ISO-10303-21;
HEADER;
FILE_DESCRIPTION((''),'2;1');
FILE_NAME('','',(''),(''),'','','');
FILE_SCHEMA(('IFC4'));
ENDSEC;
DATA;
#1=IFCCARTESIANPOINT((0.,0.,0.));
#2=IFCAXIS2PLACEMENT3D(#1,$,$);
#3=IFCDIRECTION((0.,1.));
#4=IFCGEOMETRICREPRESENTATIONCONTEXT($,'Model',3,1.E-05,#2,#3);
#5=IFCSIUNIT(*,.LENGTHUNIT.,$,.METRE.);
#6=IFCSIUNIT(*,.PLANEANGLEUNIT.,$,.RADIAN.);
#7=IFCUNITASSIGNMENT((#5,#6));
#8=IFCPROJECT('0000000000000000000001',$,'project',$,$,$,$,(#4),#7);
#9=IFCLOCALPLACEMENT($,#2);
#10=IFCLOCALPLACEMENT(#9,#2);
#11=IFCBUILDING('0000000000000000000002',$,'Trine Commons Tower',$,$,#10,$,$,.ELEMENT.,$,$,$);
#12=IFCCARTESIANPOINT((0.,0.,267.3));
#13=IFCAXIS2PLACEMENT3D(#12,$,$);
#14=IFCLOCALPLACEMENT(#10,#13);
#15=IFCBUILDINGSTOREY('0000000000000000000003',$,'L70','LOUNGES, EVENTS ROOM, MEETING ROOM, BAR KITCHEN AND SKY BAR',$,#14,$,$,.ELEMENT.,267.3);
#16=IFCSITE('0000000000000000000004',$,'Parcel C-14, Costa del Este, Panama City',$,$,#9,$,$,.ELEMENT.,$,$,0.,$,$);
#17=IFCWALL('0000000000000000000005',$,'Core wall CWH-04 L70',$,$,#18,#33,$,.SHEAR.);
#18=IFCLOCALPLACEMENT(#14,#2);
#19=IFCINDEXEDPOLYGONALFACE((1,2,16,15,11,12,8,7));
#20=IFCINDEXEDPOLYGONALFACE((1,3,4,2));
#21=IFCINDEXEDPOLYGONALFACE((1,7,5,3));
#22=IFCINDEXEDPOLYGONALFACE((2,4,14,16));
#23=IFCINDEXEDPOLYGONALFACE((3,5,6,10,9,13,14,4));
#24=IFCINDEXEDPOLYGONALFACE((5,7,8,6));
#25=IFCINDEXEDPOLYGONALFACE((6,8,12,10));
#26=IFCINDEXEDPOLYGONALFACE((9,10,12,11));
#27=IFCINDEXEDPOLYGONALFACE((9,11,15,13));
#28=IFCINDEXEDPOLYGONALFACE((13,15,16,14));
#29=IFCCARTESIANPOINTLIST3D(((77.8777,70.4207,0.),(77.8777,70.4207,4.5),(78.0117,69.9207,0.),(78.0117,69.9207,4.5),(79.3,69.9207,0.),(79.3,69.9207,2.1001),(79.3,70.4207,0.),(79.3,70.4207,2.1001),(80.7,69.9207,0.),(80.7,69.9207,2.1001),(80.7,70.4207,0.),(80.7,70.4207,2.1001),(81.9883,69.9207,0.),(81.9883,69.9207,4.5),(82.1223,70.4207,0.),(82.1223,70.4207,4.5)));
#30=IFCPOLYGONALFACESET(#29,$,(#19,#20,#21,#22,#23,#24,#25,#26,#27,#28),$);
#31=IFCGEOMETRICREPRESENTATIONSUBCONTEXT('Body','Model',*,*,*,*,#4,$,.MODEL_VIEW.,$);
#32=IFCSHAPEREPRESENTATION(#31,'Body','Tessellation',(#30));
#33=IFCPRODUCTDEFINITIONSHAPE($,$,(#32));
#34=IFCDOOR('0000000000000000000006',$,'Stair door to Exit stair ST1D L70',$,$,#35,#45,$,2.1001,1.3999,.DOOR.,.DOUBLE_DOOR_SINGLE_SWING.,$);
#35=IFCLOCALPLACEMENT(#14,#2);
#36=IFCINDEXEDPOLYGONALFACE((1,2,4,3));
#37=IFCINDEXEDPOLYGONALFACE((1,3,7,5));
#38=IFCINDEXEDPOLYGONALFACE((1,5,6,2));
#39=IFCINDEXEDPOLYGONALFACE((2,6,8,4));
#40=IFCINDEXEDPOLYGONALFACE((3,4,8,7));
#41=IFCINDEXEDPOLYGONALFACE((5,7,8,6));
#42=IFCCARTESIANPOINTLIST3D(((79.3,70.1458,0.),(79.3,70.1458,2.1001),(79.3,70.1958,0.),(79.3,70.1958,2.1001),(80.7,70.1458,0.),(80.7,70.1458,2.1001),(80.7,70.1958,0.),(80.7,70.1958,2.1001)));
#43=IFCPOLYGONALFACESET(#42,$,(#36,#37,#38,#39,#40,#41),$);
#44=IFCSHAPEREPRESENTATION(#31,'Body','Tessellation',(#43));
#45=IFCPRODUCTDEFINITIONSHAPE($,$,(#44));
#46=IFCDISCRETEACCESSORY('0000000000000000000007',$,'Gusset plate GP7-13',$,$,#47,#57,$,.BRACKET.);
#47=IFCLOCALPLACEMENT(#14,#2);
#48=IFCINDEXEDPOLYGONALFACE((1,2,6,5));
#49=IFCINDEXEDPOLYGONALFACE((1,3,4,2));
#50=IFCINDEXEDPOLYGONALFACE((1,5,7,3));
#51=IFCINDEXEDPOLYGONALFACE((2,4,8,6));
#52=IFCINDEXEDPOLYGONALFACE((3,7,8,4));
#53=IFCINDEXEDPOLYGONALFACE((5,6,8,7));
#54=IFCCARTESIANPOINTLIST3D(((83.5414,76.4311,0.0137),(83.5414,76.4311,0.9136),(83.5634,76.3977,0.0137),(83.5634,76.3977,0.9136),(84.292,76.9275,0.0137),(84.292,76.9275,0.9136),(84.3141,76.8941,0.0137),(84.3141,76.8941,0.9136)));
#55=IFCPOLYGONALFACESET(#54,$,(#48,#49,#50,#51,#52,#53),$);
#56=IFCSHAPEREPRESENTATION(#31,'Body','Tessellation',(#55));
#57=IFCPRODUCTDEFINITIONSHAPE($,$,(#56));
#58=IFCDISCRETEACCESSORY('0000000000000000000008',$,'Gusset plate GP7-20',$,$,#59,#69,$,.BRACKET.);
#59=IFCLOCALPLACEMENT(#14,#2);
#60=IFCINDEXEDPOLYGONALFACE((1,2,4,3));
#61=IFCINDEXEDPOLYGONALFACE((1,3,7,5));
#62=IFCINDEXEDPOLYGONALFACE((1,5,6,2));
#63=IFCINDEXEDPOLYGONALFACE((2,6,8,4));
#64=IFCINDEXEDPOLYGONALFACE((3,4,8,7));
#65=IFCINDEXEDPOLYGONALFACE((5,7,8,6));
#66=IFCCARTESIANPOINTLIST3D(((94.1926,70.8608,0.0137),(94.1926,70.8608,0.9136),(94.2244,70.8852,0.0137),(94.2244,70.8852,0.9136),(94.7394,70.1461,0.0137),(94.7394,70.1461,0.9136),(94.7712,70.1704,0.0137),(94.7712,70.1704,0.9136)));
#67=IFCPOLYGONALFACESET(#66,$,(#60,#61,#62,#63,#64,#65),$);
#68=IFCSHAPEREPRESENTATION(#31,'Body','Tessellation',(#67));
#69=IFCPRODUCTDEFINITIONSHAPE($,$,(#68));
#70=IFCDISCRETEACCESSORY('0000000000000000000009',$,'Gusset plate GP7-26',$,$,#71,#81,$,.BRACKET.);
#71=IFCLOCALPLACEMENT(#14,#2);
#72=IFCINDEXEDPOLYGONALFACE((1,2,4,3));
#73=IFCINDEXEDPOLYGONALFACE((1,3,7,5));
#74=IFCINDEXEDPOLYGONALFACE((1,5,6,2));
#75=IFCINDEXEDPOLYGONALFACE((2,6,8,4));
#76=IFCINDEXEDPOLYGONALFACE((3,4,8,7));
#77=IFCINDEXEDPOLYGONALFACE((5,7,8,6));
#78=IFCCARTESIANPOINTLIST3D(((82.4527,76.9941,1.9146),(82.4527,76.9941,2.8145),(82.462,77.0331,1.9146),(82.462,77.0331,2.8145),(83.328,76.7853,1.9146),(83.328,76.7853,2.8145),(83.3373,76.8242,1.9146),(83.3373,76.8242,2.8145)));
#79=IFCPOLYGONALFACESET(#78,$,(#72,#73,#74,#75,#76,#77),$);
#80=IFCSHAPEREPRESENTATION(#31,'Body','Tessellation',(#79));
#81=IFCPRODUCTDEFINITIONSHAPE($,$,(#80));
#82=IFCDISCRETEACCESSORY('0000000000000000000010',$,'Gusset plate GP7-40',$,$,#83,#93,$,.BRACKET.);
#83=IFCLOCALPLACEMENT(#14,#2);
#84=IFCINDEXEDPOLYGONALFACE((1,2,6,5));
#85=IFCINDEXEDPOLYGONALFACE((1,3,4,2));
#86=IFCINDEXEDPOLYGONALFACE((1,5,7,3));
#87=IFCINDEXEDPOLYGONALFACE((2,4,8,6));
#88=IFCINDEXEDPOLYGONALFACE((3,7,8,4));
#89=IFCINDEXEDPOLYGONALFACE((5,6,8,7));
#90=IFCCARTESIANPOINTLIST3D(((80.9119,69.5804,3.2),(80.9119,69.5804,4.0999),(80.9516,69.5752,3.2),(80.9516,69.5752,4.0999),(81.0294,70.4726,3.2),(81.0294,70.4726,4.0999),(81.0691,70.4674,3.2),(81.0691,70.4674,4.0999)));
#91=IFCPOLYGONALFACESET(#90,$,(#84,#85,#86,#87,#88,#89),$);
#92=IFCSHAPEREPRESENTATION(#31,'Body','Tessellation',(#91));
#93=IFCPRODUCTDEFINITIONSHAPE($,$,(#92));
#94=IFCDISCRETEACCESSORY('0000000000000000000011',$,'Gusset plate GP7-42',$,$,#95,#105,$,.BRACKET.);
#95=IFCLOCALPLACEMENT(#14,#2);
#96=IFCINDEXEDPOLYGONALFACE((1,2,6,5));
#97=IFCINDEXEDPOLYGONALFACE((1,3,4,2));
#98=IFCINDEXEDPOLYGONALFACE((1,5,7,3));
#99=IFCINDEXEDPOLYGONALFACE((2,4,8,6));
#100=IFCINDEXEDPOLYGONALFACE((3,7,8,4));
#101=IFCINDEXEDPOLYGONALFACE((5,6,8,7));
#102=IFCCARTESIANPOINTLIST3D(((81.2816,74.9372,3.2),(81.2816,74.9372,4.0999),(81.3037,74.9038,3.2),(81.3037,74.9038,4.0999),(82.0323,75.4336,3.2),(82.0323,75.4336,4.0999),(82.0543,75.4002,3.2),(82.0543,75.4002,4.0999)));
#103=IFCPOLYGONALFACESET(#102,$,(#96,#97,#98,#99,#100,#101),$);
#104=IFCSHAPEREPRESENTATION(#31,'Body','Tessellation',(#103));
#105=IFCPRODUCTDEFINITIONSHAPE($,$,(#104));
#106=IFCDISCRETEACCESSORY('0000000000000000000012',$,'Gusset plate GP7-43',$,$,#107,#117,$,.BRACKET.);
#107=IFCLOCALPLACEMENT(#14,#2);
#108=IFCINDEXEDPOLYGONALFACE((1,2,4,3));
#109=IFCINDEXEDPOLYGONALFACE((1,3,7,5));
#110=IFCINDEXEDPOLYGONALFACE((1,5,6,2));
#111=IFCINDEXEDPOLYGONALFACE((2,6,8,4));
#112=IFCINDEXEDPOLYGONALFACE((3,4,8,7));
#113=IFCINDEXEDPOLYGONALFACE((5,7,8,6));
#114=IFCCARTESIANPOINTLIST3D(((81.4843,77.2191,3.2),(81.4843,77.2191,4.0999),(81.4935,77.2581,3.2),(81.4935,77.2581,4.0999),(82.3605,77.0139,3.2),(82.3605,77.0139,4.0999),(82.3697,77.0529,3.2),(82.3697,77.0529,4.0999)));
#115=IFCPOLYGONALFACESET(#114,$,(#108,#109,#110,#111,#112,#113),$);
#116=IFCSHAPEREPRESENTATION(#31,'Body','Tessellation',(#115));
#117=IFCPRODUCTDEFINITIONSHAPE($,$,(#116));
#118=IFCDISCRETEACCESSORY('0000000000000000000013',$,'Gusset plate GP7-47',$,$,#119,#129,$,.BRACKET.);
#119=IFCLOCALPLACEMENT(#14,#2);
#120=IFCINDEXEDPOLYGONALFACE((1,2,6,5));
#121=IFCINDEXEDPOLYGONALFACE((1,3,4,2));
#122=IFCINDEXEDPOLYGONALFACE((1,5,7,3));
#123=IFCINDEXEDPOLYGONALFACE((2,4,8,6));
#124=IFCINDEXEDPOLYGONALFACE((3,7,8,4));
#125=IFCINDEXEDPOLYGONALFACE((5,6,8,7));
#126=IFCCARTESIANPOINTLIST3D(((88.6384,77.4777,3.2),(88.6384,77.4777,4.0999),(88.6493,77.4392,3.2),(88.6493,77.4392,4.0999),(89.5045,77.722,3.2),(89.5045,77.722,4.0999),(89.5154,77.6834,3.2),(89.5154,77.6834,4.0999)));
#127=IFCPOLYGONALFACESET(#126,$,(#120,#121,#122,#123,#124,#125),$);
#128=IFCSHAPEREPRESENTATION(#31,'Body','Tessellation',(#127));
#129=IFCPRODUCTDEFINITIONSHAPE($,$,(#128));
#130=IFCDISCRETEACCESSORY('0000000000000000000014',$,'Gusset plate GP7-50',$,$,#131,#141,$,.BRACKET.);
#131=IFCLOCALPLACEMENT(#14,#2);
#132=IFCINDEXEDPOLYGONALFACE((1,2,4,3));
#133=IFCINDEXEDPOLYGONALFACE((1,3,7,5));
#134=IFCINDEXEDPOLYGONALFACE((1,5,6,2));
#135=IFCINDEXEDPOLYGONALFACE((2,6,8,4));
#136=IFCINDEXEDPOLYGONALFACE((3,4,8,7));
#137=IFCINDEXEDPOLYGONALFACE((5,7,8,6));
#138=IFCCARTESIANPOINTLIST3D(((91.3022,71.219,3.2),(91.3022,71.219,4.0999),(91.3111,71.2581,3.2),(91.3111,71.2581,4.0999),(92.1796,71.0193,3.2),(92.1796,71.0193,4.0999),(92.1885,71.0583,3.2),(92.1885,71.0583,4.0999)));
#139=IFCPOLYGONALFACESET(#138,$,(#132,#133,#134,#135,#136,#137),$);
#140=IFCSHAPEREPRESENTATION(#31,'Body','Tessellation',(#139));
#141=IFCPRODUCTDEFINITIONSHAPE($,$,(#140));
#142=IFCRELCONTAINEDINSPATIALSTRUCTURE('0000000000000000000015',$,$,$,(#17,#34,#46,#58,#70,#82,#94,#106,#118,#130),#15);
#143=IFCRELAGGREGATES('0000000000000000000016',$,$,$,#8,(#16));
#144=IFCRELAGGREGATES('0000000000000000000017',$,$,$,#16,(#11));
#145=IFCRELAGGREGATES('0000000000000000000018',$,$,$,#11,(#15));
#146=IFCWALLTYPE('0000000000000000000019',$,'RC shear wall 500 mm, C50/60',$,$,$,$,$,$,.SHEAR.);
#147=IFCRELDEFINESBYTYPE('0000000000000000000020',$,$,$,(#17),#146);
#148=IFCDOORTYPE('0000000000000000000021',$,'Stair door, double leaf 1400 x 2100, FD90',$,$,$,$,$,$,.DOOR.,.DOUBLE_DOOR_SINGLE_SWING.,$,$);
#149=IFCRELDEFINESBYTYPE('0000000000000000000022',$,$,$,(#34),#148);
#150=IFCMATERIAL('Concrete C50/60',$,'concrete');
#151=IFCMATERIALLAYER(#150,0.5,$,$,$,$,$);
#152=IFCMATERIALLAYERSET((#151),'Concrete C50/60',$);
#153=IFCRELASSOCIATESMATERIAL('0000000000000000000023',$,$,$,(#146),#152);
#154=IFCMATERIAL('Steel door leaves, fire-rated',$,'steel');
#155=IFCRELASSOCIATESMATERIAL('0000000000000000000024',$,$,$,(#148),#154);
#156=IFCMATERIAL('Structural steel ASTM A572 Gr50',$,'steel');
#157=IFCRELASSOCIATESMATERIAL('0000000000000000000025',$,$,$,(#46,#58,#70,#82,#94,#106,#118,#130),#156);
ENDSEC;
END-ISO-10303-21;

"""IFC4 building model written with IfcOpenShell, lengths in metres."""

from ifc_helpers import new_model, si_unit, direction, frame, frame_2d, origin, origin_2d, place, context, subcontext, project, spatial, polyline, rectangle, outline, extrude, material, layer, layer_set, type_object, element, fill, save


model = new_model("IFC4")

# Units and contexts
model_context = context("Model", 3, precision=1e-05, world=origin(), true_north=direction((0.0, 1.0)))
body_context = subcontext(model_context, "Body", "Model", "MODEL_VIEW")
ifc_project = project(units=[si_unit("LENGTHUNIT", "METRE"), si_unit("PLANEANGLEUNIT", "RADIAN")], contexts=[model_context])

# Site, building, storey
site_placement = place(None, origin())
site = spatial("IfcSite", under=ifc_project, at=site_placement, Name="Parcel C-14, Costa del Este, Panama City", CompositionType="ELEMENT", RefElevation=0.0)
building_placement = place(site_placement, origin())
building = spatial("IfcBuilding", under=site, at=building_placement, Name="Trine Commons Tower", CompositionType="ELEMENT")
storey_placement = place(building_placement, frame((0.0, 0.0, 267.3)))
storey = spatial("IfcBuildingStorey", under=building, at=storey_placement, Name="L70", Description="LOUNGES, EVENTS ROOM, MEETING ROOM, BAR KITCHEN AND SKY BAR", CompositionType="ELEMENT", Elevation=267.3)

# Wall, opening, door
ifc_material_1 = material(Name="Concrete C50/60", Category="concrete")
ifc_layer_1 = layer(ifc_material_1, 0.5)
ifc_layer_set_1 = layer_set([ifc_layer_1], Name="Concrete C50/60")
wall_type_1 = type_object("IfcWallType", Name="RC shear wall 500 mm, C50/60", PredefinedType="SHEAR", material=ifc_layer_set_1)
wall_1_placement = place(storey_placement, frame((82.1223, 70.1707, 0.0), z_axis=(0.0, 0.0, 1.0), x_axis=(-1.0, 0.0, 0.0)))
wall_1 = element("IfcWall", 1, at=wall_1_placement, inside=storey, type_object=wall_type_1, Name="Core wall CWH-04 L70", PredefinedType="SHEAR", context=body_context, shape_type="SweptSolid", body=[
    extrude(outline(polyline([(0.0, -0.25), (4.2446, -0.25), (4.1106, 0.25), (0.134, 0.25), (0.0, -0.25)])), origin(), (0.0, 0.0, 1.0), 4.5),
])
opening_1_placement = place(wall_1_placement, frame((1.4224, 0.0, 0.0)))
opening_1 = element("IfcOpeningElement", 2, at=opening_1_placement, cuts=wall_1, PredefinedType="OPENING", context=body_context, shape_type="SweptSolid", body=[
    extrude(rectangle(XDim=1.3999, YDim=2.1001, at=frame_2d((0.7, 1.05))), frame((0.0, 0.26, 0.0), z_axis=(0.0, -1.0, 0.0), x_axis=(1.0, 0.0, 0.0)), (0.0, 0.0, 1.0), 0.52),
])
ifc_material_2 = material(Name="Steel door leaves, fire-rated", Category="steel")
door_type_1 = type_object("IfcDoorType", Name="Stair door, double leaf 1400 x 2100, FD90", OperationType="DOUBLE_DOOR_SINGLE_SWING", PredefinedType="DOOR", material=ifc_material_2)
door_1_placement = place(opening_1_placement, origin())
door_1 = element("IfcDoor", 3, at=door_1_placement, inside=storey, type_object=door_type_1, Name="Stair door to Exit stair ST1D L70", OperationType="DOUBLE_DOOR_SINGLE_SWING", OverallHeight=2.1001, OverallWidth=1.3999, PredefinedType="DOOR", context=body_context, shape_type="SweptSolid", body=[
    extrude(rectangle(XDim=1.3999, YDim=2.1001, at=frame_2d((0.7, 1.05))), frame((0.0, 0.0249, 0.0), z_axis=(0.0, -1.0, 0.0), x_axis=(1.0, 0.0, 0.0)), (0.0, 0.0, 1.0), 0.05),
])
fill(opening_1, door_1)

# Discrete accessories
ifc_material_3 = material(Name="Structural steel ASTM A572 Gr50", Category="steel")
for number, where, z_axis, x_axis, name in (
    (4, (83.9277, 76.6626, 0.0137), (0.0, 0.0, 1.0), (-0.834165, -0.551515, 0.0), "Gusset plate GP7-13"),
    (5, (94.4819, 70.5156, 0.0137), (0.0, 0.0, 1.0), (-0.607625, 0.794224, 0.0), "Gusset plate GP7-20"),
    (6, (82.895, 76.9092, 1.9146), (0.0, 0.0, 1.0), (-0.972691, 0.232104, 0.0), "Gusset plate GP7-26"),
    (7, (80.9905, 70.0239, 3.2), (0.0, 0.0, 1.0), (0.130543, 0.991443, 0.0), "Gusset plate GP7-40"),
    (8, (81.668, 75.1687, 3.2), (0.0, 0.0, 1.0), (-0.834165, -0.551515, 0.0), "Gusset plate GP7-42"),
    (9, (81.927, 77.136, 3.2), (0.0, 0.0, 1.0), (-0.973643, 0.228079, 0.0), "Gusset plate GP7-43"),
    (10, (89.0769, 77.5806, 3.2), (0.0, 0.0, 1.0), (-0.962465, -0.271407, 0.0), "Gusset plate GP7-47"),
    (11, (91.7454, 71.1387, 3.2), (0.0, 0.0, 1.0), (-0.975053, 0.221974, 0.0), "Gusset plate GP7-50"),
):
    element("IfcDiscreteAccessory", number, at=place(storey_placement, frame(where, z_axis=z_axis, x_axis=x_axis)), inside=storey, material=ifc_material_3, Name=name, PredefinedType="BRACKET", context=body_context, shape_type="SweptSolid", body=[
        extrude(rectangle(XDim=0.8999, YDim=0.04, at=origin_2d()), origin(), (0.0, 0.0, 1.0), 0.8999),
    ])

save(model, "model.ifc")
